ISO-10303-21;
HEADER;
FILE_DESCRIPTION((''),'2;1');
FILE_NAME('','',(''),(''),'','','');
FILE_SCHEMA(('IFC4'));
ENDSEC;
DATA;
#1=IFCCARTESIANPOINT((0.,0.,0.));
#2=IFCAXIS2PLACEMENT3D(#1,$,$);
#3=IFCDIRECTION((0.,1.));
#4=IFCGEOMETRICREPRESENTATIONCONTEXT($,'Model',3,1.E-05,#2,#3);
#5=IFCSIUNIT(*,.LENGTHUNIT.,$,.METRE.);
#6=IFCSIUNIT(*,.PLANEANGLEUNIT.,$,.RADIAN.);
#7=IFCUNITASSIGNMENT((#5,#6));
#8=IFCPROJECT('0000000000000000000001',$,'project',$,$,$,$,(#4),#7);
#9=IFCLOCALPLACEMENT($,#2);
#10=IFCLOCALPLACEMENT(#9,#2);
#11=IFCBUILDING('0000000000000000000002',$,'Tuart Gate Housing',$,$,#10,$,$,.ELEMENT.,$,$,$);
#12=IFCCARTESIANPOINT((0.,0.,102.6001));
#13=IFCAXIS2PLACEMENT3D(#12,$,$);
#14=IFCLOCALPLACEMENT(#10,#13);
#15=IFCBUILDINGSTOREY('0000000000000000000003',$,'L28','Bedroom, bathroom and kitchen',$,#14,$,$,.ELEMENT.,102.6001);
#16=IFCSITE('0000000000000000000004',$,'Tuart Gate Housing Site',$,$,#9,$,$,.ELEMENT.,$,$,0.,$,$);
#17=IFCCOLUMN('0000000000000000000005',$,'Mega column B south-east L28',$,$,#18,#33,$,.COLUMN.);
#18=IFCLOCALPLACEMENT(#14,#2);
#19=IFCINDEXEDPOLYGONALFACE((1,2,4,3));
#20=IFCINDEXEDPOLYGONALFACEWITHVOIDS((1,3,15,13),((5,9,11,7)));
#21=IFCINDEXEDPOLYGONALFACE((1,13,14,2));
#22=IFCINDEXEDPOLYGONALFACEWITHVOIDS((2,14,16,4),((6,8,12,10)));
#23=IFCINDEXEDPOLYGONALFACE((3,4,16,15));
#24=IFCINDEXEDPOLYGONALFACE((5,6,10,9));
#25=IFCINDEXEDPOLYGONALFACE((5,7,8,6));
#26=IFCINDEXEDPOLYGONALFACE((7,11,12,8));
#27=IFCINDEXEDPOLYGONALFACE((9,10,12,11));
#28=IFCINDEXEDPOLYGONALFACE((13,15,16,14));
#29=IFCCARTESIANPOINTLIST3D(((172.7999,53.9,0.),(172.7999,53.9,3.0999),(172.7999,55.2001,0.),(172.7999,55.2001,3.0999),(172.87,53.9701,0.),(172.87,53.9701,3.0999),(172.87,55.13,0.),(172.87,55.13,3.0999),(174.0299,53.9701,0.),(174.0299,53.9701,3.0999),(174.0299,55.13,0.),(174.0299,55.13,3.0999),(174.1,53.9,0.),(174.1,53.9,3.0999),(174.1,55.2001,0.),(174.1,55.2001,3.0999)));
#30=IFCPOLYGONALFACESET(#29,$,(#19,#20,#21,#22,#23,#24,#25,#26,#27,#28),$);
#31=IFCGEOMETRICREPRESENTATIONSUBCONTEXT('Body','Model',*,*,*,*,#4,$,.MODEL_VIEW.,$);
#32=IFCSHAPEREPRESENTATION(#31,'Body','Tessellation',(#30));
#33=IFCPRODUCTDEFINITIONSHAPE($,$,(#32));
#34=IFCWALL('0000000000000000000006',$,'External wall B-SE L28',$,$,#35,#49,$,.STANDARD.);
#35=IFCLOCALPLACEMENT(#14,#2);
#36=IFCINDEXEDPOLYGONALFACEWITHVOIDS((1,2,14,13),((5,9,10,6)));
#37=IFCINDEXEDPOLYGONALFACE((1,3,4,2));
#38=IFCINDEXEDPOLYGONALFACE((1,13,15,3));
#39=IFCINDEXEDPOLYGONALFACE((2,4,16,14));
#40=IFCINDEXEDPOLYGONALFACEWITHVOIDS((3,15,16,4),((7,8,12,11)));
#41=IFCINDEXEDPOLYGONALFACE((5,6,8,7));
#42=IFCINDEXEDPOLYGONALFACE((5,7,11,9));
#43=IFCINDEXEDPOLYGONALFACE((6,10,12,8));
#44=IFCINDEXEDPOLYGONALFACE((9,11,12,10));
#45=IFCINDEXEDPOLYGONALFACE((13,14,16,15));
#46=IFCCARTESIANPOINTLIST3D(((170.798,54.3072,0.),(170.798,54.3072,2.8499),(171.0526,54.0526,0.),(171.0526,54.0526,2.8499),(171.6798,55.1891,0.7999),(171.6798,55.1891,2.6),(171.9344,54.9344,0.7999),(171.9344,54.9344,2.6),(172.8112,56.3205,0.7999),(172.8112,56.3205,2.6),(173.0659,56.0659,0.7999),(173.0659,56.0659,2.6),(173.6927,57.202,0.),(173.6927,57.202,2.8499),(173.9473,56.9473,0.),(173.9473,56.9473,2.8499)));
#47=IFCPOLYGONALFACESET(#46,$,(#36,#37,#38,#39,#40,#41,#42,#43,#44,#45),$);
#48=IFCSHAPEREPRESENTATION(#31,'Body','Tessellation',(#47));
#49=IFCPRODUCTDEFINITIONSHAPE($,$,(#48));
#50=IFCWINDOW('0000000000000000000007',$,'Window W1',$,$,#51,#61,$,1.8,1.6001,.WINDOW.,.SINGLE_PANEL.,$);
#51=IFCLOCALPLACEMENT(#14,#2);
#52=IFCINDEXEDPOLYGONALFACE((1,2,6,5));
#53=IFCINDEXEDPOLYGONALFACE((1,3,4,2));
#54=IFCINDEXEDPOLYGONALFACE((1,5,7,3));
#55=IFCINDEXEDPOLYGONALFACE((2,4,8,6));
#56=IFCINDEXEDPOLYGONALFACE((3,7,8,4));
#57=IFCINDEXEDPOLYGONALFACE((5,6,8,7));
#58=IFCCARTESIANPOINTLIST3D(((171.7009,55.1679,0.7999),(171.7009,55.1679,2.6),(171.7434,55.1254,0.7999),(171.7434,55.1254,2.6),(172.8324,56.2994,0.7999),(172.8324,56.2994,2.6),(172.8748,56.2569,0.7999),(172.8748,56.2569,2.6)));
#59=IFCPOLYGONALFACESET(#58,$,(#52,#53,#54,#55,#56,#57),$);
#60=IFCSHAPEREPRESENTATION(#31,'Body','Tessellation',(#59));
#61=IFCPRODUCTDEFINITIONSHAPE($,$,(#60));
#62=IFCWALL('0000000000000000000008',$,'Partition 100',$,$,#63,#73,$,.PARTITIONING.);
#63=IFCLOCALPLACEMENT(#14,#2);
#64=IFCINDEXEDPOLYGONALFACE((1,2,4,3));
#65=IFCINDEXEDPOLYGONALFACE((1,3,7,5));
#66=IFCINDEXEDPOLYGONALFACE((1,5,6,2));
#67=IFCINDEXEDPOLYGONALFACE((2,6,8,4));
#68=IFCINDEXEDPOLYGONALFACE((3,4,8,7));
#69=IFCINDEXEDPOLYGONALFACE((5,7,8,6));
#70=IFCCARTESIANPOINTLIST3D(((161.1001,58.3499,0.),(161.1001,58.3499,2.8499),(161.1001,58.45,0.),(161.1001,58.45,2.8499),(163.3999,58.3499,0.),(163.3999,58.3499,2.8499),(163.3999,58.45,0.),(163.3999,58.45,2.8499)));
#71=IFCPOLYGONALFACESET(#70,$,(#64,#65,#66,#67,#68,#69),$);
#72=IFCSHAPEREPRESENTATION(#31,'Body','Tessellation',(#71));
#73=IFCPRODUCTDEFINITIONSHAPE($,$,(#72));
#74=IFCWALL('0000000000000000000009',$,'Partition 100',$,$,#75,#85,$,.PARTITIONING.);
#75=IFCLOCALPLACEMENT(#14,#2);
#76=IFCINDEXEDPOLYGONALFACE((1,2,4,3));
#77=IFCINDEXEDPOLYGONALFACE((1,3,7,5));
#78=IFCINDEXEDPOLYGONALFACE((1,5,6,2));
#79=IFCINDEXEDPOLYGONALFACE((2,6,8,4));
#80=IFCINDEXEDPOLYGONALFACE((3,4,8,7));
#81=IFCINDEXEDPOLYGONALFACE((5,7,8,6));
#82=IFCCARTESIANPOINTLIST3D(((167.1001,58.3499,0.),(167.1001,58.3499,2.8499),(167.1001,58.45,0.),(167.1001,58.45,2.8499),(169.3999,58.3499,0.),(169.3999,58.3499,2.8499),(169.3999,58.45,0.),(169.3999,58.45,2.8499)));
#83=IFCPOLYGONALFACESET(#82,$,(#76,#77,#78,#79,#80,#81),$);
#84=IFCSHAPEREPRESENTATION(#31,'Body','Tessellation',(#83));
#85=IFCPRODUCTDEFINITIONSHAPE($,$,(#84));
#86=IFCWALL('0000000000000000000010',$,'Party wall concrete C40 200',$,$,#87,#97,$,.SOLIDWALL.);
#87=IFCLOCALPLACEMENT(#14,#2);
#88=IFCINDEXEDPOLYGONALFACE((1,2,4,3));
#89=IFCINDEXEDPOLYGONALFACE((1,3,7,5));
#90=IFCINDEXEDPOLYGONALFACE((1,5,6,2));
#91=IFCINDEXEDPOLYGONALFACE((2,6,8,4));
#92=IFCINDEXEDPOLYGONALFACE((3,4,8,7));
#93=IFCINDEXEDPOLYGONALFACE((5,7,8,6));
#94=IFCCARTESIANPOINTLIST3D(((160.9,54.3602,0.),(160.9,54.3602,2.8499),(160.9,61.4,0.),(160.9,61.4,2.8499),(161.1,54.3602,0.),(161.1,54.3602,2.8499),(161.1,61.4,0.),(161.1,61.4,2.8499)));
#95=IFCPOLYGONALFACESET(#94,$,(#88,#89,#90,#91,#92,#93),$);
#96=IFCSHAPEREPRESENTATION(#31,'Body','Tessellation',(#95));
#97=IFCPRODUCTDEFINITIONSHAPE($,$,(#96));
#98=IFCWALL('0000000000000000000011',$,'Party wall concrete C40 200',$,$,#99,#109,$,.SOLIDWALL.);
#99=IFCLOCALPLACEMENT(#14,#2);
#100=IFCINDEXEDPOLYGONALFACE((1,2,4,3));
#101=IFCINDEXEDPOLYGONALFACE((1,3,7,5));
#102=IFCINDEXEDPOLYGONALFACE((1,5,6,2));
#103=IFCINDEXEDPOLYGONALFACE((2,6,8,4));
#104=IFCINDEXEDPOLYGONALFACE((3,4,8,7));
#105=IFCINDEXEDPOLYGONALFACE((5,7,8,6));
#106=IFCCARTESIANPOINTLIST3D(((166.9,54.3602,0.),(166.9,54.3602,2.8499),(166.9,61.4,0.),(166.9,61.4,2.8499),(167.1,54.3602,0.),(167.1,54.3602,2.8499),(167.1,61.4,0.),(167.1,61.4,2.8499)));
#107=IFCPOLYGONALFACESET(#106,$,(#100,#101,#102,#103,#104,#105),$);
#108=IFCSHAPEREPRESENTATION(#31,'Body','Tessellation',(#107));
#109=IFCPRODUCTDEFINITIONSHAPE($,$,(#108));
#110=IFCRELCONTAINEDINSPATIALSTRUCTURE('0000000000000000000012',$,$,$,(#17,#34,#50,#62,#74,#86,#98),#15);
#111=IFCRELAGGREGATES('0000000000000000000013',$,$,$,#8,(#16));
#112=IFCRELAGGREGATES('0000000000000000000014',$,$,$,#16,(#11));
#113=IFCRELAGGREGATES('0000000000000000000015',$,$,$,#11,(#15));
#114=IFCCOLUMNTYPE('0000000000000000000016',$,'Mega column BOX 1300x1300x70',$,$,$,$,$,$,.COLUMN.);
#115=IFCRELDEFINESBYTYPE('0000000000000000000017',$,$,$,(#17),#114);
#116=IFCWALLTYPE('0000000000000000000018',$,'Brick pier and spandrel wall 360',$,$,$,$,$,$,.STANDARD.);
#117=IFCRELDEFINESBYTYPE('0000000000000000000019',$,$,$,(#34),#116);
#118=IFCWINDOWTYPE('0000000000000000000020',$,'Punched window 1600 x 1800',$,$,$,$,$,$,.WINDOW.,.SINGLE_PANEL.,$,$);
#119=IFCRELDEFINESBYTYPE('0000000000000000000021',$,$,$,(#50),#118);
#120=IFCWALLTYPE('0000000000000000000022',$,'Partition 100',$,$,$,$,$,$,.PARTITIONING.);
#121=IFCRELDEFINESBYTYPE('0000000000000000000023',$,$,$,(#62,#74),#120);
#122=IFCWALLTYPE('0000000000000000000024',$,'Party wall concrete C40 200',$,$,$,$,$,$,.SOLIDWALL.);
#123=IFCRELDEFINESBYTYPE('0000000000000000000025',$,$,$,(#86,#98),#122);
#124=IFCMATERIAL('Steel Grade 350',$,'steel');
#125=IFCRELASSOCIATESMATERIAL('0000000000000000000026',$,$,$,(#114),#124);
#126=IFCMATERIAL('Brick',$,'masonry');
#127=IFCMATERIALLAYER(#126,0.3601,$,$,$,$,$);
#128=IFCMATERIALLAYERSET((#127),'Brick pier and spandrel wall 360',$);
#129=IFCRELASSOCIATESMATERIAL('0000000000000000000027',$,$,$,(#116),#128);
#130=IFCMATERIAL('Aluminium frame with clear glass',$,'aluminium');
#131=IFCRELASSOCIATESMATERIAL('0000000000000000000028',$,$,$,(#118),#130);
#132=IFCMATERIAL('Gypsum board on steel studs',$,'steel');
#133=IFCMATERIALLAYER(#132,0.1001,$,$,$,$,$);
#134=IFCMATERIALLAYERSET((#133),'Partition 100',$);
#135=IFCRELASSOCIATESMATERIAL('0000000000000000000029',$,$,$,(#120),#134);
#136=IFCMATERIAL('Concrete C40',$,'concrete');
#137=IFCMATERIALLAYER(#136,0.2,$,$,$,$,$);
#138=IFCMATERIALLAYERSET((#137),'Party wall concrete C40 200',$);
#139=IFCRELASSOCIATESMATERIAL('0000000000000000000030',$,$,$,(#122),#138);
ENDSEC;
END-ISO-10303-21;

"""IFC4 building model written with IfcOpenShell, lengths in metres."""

from ifc_helpers import new_model, si_unit, direction, frame, frame_2d, origin, origin_2d, place, context, subcontext, project, spatial, rectangle, hollow_rectangle, extrude, material, layer, layer_set, material_profile, profile_set, type_object, element, fill, save


model = new_model("IFC4")

# Units and contexts
model_context = context("Model", 3, precision=1e-05, world=origin(), true_north=direction((0.0, 1.0)))
body_context = subcontext(model_context, "Body", "Model", "MODEL_VIEW")
ifc_project = project(units=[si_unit("LENGTHUNIT", "METRE"), si_unit("PLANEANGLEUNIT", "RADIAN")], contexts=[model_context])

# Site, building, storey
site_placement = place(None, origin())
site = spatial("IfcSite", under=ifc_project, at=site_placement, Name="Tuart Gate Housing Site", CompositionType="ELEMENT", RefElevation=0.0)
building_placement = place(site_placement, origin())
building = spatial("IfcBuilding", under=site, at=building_placement, Name="Tuart Gate Housing", CompositionType="ELEMENT")
storey_placement = place(building_placement, frame((0.0, 0.0, 102.6001)))
storey = spatial("IfcBuildingStorey", under=building, at=storey_placement, Name="L28", Description="Bedroom, bathroom and kitchen", CompositionType="ELEMENT", Elevation=102.6001)

# Column
ifc_material_1 = material(Name="Steel Grade 350", Category="steel")
ifc_material_profile = material_profile(ifc_material_1, hollow_rectangle(XDim=1.3, YDim=1.3, WallThickness=0.0701, at=origin_2d()), Name="BOX 1300x1300x70")
ifc_profile_set = profile_set([ifc_material_profile], Name="Steel Grade 350")
column_type = type_object("IfcColumnType", Name="Mega column BOX 1300x1300x70", PredefinedType="COLUMN", material=ifc_profile_set)
column_placement = place(storey_placement, frame((173.45, 54.55, 0.0), z_axis=(0.0, 0.0, 1.0), x_axis=(1.0, 0.0, 0.0)))
element("IfcColumn", 1, at=column_placement, inside=storey, type_object=column_type, Name="Mega column B south-east L28", PredefinedType="COLUMN", context=body_context, shape_type="SweptSolid", body=[
    extrude(hollow_rectangle(XDim=1.3, YDim=1.3, WallThickness=0.0701, at=origin_2d()), origin(), (0.0, 0.0, 1.0), 3.0999),
])

# Wall, opening, window
ifc_material_2 = material(Name="Brick", Category="masonry")
ifc_layer_1 = layer(ifc_material_2, 0.3601)
ifc_layer_set_1 = layer_set([ifc_layer_1], Name="Brick pier and spandrel wall 360")
wall_type_1 = type_object("IfcWallType", Name="Brick pier and spandrel wall 360", PredefinedType="STANDARD", material=ifc_layer_set_1)
wall_1_placement = place(storey_placement, frame((170.9253, 54.1799, 0.0), z_axis=(0.0, 0.0, 1.0), x_axis=(0.707107, 0.707107, 0.0)))
wall_1 = element("IfcWall", 2, at=wall_1_placement, inside=storey, type_object=wall_type_1, Name="External wall B-SE L28", PredefinedType="STANDARD", context=body_context, shape_type="SweptSolid", body=[
    extrude(rectangle(XDim=4.0938, YDim=0.3601, at=frame_2d((2.0469, 0.0))), origin(), (0.0, 0.0, 1.0), 2.8499),
])
opening_1_placement = place(wall_1_placement, frame((1.2471, 0.0, 0.8)))
opening_1 = element("IfcOpeningElement", 3, at=opening_1_placement, cuts=wall_1, PredefinedType="OPENING", context=body_context, shape_type="SweptSolid", body=[
    extrude(rectangle(XDim=1.6001, YDim=1.8, at=frame_2d((0.8, 0.8999))), frame((0.0, 0.1899, 0.0), z_axis=(0.0, -1.0, 0.0), x_axis=(1.0, 0.0, 0.0)), (0.0, 0.0, 1.0), 0.3801),
])
ifc_material_3 = material(Name="Aluminium frame with clear glass", Category="aluminium")
window_type_1 = type_object("IfcWindowType", Name="Punched window 1600 x 1800", PartitioningType="SINGLE_PANEL", PredefinedType="WINDOW", material=ifc_material_3)
window_1_placement = place(opening_1_placement, origin())
window_1 = element("IfcWindow", 4, at=window_1_placement, inside=storey, type_object=window_type_1, Name="Window W1", OverallHeight=1.8, OverallWidth=1.6001, PartitioningType="SINGLE_PANEL", PredefinedType="WINDOW", context=body_context, shape_type="SweptSolid", body=[
    extrude(rectangle(XDim=1.6001, YDim=1.8, at=frame_2d((0.8, 0.8999))), frame((0.0, 0.1501, 0.0), z_axis=(0.0, -1.0, 0.0), x_axis=(1.0, 0.0, 0.0)), (0.0, 0.0, 1.0), 0.0601),
])
fill(opening_1, window_1)

# Walls
ifc_material_4 = material(Name="Gypsum board on steel studs", Category="steel")
ifc_layer_2 = layer(ifc_material_4, 0.1001)
ifc_layer_set_2 = layer_set([ifc_layer_2], Name="Partition 100")
wall_type_2 = type_object("IfcWallType", Name="Partition 100", PredefinedType="PARTITIONING", material=ifc_layer_set_2)
for number, where, z_axis, x_axis, name in (
    (5, (161.1001, 58.3999, 0.0), (0.0, 0.0, 1.0), (1.0, 0.0, 0.0), "Partition 100"),
    (6, (167.1001, 58.3999, 0.0), (0.0, 0.0, 1.0), (1.0, 0.0, 0.0), "Partition 100"),
):
    element("IfcWall", number, at=place(storey_placement, frame(where, z_axis=z_axis, x_axis=x_axis)), inside=storey, type_object=wall_type_2, Name=name, PredefinedType="PARTITIONING", context=body_context, shape_type="SweptSolid", body=[
        extrude(rectangle(XDim=2.2998, YDim=0.1001, at=frame_2d((1.1499, 0.0))), origin(), (0.0, 0.0, 1.0), 2.8499),
    ])
ifc_material_5 = material(Name="Concrete C40", Category="concrete")
ifc_layer_3 = layer(ifc_material_5, 0.2)
ifc_layer_set_3 = layer_set([ifc_layer_3], Name="Party wall concrete C40 200")
wall_type_3 = type_object("IfcWallType", Name="Party wall concrete C40 200", PredefinedType="SOLIDWALL", material=ifc_layer_set_3)
for number, where, z_axis, x_axis, name in (
    (7, (161.0, 54.3601, 0.0), (0.0, 0.0, 1.0), (0.0, 1.0, 0.0), "Party wall concrete C40 200"),
    (8, (167.0, 54.3601, 0.0), (0.0, 0.0, 1.0), (0.0, 1.0, 0.0), "Party wall concrete C40 200"),
):
    element("IfcWall", number, at=place(storey_placement, frame(where, z_axis=z_axis, x_axis=x_axis)), inside=storey, type_object=wall_type_3, Name=name, PredefinedType="SOLIDWALL", context=body_context, shape_type="SweptSolid", body=[
        extrude(rectangle(XDim=7.0398, YDim=0.2, at=frame_2d((3.52, 0.0))), origin(), (0.0, 0.0, 1.0), 2.8499),
    ])

save(model, "model.ifc")
